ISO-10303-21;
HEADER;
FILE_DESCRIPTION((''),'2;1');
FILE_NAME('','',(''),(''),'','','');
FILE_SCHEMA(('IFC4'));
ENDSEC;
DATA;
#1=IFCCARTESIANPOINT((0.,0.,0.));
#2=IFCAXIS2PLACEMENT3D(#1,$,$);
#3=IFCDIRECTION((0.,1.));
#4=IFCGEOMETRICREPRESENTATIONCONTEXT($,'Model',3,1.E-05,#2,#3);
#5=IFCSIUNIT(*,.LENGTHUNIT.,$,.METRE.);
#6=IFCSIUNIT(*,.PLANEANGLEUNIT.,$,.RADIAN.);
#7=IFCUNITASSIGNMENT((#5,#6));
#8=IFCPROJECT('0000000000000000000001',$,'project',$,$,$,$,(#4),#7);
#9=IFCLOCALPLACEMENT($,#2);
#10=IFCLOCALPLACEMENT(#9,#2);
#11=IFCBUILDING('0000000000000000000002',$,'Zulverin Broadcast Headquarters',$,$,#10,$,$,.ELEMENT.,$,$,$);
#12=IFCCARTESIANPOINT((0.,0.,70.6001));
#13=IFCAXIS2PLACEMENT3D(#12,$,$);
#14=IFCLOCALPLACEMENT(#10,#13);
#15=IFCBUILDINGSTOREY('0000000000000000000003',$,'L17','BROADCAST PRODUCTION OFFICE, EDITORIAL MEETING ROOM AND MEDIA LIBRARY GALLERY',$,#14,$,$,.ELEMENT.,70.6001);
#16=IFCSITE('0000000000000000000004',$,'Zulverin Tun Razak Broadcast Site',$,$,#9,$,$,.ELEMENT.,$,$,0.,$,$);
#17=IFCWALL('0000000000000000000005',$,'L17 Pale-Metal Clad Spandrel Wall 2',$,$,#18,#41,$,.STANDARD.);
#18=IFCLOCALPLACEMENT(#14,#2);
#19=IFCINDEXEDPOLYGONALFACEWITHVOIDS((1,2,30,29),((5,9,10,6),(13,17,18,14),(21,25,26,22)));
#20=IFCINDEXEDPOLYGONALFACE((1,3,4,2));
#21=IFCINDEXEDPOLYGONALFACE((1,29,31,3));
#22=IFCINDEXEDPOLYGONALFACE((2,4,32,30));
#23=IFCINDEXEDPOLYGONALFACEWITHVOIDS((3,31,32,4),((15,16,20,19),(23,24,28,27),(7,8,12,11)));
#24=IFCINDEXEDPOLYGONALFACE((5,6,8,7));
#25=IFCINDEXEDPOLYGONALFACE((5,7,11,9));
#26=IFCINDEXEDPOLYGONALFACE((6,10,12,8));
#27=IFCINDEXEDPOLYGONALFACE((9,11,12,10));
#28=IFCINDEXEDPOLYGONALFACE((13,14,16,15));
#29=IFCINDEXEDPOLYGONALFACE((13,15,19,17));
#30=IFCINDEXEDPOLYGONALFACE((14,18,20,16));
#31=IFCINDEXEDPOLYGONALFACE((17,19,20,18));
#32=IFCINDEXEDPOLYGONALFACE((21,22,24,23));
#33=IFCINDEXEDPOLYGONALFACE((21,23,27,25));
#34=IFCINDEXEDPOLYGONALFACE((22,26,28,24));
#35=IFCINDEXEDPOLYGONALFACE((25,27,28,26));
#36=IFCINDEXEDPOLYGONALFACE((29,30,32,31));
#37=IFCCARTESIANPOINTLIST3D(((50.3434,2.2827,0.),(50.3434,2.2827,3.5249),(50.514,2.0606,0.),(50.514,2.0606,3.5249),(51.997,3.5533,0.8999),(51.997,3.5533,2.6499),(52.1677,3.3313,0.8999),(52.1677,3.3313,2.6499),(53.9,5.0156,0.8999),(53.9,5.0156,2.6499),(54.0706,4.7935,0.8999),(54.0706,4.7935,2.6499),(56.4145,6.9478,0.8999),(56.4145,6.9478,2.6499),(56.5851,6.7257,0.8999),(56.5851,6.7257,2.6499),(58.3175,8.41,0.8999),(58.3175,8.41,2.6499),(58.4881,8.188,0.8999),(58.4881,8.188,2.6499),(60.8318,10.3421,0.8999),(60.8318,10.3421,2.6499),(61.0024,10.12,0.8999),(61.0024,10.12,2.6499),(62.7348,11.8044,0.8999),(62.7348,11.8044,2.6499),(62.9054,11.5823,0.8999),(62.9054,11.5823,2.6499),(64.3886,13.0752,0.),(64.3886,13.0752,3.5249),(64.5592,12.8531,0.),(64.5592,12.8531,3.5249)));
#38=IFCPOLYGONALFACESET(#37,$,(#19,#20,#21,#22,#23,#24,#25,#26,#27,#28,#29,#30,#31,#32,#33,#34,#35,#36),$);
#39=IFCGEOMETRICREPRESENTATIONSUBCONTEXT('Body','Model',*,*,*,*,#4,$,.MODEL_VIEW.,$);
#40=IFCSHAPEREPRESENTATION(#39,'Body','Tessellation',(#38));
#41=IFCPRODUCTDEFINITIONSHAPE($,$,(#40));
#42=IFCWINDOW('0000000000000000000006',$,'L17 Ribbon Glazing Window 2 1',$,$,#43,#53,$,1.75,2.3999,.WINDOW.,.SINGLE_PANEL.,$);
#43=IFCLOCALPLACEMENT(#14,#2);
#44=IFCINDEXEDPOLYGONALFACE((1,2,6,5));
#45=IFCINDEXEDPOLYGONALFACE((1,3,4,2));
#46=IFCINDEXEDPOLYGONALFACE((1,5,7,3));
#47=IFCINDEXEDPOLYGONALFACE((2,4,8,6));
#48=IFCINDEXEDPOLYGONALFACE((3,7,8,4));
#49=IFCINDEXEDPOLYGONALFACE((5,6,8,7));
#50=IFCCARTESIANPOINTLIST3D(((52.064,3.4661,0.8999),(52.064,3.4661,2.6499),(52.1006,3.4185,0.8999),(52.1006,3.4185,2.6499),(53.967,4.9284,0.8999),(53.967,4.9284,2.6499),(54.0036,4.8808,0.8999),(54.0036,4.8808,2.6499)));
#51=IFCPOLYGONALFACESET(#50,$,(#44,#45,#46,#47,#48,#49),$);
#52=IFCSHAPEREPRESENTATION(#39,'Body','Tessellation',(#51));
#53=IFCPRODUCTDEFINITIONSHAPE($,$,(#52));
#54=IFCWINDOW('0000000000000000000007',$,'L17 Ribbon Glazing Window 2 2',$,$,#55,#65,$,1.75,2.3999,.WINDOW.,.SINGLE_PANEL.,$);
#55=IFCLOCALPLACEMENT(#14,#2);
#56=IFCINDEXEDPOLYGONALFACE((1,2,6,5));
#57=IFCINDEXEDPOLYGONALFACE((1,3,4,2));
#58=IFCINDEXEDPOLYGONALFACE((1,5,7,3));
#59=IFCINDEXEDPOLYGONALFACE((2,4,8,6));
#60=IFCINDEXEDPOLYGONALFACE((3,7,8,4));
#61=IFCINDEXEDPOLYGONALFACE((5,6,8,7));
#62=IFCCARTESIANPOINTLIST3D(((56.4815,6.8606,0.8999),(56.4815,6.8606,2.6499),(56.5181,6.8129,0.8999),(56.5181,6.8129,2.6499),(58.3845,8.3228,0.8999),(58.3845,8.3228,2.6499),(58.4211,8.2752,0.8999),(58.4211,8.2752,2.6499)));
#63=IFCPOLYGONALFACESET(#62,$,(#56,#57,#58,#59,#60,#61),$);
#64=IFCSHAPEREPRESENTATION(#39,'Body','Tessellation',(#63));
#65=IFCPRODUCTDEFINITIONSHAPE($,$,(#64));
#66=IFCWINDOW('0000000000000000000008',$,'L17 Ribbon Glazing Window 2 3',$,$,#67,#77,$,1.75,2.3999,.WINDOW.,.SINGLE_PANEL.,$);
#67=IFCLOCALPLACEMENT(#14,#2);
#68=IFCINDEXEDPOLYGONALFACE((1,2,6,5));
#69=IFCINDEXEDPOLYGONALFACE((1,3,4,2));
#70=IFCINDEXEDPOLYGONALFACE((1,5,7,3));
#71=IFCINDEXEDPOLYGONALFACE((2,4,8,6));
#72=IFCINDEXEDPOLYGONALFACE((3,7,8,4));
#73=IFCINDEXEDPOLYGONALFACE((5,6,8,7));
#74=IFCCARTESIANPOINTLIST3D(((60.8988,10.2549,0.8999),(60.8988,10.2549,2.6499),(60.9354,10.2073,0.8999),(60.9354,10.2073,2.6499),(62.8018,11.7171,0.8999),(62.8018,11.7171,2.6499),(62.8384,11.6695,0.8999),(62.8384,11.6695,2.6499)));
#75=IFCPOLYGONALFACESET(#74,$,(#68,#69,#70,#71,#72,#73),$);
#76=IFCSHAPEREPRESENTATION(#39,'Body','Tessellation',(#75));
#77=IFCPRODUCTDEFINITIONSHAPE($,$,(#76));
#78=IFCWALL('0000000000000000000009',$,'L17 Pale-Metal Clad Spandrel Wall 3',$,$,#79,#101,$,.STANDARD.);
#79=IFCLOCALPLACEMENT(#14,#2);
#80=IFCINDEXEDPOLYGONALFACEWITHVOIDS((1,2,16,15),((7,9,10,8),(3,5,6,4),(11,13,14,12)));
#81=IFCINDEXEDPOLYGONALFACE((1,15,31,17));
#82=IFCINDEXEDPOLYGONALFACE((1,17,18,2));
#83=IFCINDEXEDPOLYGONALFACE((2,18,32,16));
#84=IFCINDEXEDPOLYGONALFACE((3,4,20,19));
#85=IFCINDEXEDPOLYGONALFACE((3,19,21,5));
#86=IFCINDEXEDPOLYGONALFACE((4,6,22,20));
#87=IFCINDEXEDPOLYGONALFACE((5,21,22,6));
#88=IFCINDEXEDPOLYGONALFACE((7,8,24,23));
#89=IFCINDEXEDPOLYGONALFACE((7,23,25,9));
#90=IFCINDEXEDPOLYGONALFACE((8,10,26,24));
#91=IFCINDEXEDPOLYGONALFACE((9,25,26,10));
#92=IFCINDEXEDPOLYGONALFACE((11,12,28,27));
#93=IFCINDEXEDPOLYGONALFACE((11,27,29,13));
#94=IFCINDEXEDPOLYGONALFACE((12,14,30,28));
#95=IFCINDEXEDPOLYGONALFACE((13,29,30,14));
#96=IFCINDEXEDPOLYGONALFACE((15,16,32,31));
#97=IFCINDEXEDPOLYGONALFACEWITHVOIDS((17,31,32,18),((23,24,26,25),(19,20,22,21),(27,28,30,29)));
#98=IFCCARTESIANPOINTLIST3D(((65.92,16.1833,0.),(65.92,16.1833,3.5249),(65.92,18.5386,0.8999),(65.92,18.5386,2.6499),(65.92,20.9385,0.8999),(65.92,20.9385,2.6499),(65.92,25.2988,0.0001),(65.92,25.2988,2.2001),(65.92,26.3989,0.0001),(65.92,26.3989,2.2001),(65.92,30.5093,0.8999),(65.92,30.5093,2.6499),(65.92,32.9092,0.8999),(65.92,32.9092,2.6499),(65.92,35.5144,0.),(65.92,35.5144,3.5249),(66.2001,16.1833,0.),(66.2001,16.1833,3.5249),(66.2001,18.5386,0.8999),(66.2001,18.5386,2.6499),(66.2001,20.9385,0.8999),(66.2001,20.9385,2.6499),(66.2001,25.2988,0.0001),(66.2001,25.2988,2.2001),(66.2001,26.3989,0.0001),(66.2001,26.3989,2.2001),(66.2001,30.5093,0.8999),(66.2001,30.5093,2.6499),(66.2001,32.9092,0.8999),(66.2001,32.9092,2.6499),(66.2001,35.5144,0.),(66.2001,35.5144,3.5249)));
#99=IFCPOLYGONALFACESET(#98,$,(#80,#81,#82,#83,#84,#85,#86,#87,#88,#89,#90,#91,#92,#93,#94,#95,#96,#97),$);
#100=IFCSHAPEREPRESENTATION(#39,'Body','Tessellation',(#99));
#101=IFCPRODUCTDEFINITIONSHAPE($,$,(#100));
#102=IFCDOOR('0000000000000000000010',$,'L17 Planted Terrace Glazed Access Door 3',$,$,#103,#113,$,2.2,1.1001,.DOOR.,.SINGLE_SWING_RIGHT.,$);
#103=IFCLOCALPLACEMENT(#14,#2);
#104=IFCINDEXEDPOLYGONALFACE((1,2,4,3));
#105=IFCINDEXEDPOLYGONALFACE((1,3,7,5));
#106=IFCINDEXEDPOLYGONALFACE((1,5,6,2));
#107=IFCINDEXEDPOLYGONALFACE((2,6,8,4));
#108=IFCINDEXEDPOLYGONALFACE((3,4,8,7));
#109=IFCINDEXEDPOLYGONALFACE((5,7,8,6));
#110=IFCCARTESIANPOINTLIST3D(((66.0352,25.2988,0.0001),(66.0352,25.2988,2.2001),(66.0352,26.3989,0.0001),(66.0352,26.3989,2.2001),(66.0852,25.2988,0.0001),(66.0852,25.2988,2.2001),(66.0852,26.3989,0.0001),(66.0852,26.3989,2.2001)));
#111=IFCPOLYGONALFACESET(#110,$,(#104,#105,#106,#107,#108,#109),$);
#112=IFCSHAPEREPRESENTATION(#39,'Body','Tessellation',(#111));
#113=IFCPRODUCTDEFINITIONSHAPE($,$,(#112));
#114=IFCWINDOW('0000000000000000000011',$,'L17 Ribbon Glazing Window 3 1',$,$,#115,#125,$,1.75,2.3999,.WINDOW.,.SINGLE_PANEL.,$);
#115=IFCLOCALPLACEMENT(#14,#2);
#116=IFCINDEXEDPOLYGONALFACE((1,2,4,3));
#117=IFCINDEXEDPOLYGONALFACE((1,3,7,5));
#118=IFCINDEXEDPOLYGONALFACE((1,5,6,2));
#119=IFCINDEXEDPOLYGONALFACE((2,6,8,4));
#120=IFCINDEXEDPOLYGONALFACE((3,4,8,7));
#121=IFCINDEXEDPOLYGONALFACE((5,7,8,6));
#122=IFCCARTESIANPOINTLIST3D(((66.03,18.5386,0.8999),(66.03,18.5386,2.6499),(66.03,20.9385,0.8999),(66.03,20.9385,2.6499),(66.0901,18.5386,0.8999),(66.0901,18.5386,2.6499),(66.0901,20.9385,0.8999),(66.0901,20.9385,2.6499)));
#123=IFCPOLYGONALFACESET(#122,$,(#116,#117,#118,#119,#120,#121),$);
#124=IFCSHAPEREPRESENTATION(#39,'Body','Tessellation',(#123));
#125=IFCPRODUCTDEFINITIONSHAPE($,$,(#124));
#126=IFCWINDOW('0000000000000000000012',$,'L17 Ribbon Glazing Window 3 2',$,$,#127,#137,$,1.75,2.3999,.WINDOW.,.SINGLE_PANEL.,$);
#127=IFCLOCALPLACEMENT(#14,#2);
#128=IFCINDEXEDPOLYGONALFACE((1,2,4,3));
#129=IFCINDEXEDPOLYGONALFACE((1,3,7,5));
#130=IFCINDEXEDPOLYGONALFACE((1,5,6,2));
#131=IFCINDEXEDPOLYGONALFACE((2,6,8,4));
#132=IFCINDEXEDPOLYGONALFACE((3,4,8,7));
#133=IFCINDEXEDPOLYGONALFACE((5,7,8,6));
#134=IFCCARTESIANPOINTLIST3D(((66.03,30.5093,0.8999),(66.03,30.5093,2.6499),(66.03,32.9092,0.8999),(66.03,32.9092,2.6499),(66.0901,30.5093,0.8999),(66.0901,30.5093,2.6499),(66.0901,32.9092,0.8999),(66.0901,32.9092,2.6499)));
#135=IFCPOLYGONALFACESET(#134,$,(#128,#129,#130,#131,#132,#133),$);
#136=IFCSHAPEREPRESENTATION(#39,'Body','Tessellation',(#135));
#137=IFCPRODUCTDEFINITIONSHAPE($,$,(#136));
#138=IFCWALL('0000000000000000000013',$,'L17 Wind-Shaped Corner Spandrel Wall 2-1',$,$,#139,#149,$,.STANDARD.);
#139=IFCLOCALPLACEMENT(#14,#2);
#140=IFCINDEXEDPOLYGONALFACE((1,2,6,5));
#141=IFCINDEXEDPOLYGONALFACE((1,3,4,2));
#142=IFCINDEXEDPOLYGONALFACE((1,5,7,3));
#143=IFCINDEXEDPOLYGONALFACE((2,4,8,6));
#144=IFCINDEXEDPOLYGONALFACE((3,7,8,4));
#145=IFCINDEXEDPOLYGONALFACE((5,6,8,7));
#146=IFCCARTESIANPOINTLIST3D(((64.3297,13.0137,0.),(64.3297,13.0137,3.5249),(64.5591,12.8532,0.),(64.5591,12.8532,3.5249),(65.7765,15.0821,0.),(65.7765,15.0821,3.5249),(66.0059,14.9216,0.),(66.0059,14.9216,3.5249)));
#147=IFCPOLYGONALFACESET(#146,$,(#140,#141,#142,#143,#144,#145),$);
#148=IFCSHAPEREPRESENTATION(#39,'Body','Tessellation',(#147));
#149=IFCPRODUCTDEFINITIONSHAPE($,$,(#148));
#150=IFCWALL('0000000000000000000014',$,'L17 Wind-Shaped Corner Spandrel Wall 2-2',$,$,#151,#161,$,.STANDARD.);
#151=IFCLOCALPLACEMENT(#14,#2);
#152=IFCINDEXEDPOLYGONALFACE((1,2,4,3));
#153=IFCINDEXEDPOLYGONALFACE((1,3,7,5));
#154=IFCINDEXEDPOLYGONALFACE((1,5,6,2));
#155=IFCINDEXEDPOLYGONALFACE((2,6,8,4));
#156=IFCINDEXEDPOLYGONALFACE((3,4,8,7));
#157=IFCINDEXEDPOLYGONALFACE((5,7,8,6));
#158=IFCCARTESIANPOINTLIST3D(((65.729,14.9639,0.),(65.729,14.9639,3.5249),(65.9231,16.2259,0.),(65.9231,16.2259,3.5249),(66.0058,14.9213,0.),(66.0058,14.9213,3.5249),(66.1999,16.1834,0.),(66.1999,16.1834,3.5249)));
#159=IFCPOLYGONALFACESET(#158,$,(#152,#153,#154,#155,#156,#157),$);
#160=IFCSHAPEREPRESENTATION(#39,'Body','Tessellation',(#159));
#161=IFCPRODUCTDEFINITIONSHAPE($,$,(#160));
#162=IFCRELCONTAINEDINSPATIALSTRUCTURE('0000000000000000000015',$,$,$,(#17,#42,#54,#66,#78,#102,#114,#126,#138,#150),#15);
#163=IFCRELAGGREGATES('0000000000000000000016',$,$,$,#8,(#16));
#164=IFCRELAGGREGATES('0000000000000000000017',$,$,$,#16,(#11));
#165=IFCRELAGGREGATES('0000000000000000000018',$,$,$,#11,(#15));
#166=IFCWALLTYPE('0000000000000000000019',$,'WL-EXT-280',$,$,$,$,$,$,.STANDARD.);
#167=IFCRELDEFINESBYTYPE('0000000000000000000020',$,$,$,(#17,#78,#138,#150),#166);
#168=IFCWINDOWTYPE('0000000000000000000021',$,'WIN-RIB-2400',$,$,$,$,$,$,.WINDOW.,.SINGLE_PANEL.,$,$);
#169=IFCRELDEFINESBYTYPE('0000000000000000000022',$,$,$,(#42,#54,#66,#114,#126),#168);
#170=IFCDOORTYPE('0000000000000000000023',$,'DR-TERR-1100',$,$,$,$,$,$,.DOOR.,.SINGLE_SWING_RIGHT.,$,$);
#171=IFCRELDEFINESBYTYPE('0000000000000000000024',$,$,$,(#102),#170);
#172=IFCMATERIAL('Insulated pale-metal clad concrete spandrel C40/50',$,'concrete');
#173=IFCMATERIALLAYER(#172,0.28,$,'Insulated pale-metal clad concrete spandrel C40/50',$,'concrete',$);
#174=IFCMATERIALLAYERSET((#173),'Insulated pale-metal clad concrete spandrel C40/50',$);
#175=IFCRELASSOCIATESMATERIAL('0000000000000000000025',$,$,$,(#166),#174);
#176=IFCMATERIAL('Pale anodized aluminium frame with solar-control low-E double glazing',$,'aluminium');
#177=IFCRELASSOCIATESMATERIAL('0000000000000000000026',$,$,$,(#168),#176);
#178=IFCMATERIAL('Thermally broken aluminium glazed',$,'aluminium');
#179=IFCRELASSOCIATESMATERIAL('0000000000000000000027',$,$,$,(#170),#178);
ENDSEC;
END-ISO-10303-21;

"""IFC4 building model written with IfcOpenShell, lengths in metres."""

from ifc_helpers import new_model, si_unit, direction, frame, frame_2d, origin, place, context, subcontext, project, spatial, rectangle, extrude, material, layer, layer_set, type_object, element, fill, save


model = new_model("IFC4")

# Units and contexts
model_context = context("Model", 3, precision=1e-05, world=origin(), true_north=direction((0.0, 1.0)))
body_context = subcontext(model_context, "Body", "Model", "MODEL_VIEW")
ifc_project = project(units=[si_unit("LENGTHUNIT", "METRE"), si_unit("PLANEANGLEUNIT", "RADIAN")], contexts=[model_context])

# Site, building, storey
site_placement = place(None, origin())
site = spatial("IfcSite", under=ifc_project, at=site_placement, Name="Zulverin Tun Razak Broadcast Site", CompositionType="ELEMENT", RefElevation=0.0)
building_placement = place(site_placement, origin())
building = spatial("IfcBuilding", under=site, at=building_placement, Name="Zulverin Broadcast Headquarters", CompositionType="ELEMENT")
storey_placement = place(building_placement, frame((0.0, 0.0, 70.6001)))
storey = spatial("IfcBuildingStorey", under=building, at=storey_placement, Name="L17", Description="BROADCAST PRODUCTION OFFICE, EDITORIAL MEETING ROOM AND MEDIA LIBRARY GALLERY", CompositionType="ELEMENT", Elevation=70.6001)

# Wall, openings, windows
ifc_material_1 = material(Name="Insulated pale-metal clad concrete spandrel C40/50", Category="concrete")
ifc_layer_1 = layer(ifc_material_1, 0.28, Name="Insulated pale-metal clad concrete spandrel C40/50", Category="concrete")
ifc_layer_set_1 = layer_set([ifc_layer_1], Name="Insulated pale-metal clad concrete spandrel C40/50")
wall_type_1 = type_object("IfcWallType", Name="WL-EXT-280", PredefinedType="STANDARD", material=ifc_layer_set_1)
wall_1_placement = place(storey_placement, frame((50.4287, 2.1716, 0.0), z_axis=(0.0, 0.0, 1.0), x_axis=(0.792937, 0.609303, 0.0)))
wall_1 = element("IfcWall", 1, at=wall_1_placement, inside=storey, type_object=wall_type_1, Name="L17 Pale-Metal Clad Spandrel Wall 2", PredefinedType="STANDARD", context=body_context, shape_type="SweptSolid", body=[
    extrude(rectangle(XDim=17.7129, YDim=0.28, at=frame_2d((8.8564, 0.0))), origin(), (0.0, 0.0, 1.0), 3.5249),
])
opening_1_placement = place(wall_1_placement, frame((2.0854, 0.0, 0.8999)))
opening_1 = element("IfcOpeningElement", 2, at=opening_1_placement, cuts=wall_1, PredefinedType="OPENING", context=body_context, shape_type="SweptSolid", body=[
    extrude(rectangle(XDim=2.3999, YDim=1.75, at=frame_2d((1.2, 0.875))), frame((0.0, 0.1499, 0.0), z_axis=(0.0, -1.0, 0.0), x_axis=(1.0, 0.0, 0.0)), (0.0, 0.0, 1.0), 0.3),
])
opening_2_placement = place(wall_1_placement, frame((7.6565, 0.0, 0.8999)))
opening_2 = element("IfcOpeningElement", 3, at=opening_2_placement, cuts=wall_1, PredefinedType="OPENING", context=body_context, shape_type="SweptSolid", body=[
    extrude(rectangle(XDim=2.3999, YDim=1.75, at=frame_2d((1.2, 0.875))), frame((0.0, 0.1499, 0.0), z_axis=(0.0, -1.0, 0.0), x_axis=(1.0, 0.0, 0.0)), (0.0, 0.0, 1.0), 0.3),
])
opening_3_placement = place(wall_1_placement, frame((13.2273, 0.0, 0.8999)))
opening_3 = element("IfcOpeningElement", 4, at=opening_3_placement, cuts=wall_1, PredefinedType="OPENING", context=body_context, shape_type="SweptSolid", body=[
    extrude(rectangle(XDim=2.3999, YDim=1.75, at=frame_2d((1.2, 0.875))), frame((0.0, 0.1499, 0.0), z_axis=(0.0, -1.0, 0.0), x_axis=(1.0, 0.0, 0.0)), (0.0, 0.0, 1.0), 0.3),
])
ifc_material_2 = material(Name="Pale anodized aluminium frame with solar-control low-E double glazing", Category="aluminium")
window_type = type_object("IfcWindowType", Name="WIN-RIB-2400", PartitioningType="SINGLE_PANEL", PredefinedType="WINDOW", material=ifc_material_2)
window_1_placement = place(opening_1_placement, origin())
window_1 = element("IfcWindow", 5, at=window_1_placement, inside=storey, type_object=window_type, Name="L17 Ribbon Glazing Window 2 1", OverallHeight=1.75, OverallWidth=2.3999, PartitioningType="SINGLE_PANEL", PredefinedType="WINDOW", context=body_context, shape_type="SweptSolid", body=[
    extrude(rectangle(XDim=2.3999, YDim=1.75, at=frame_2d((1.2, 0.875))), frame((0.0, 0.03, 0.0), z_axis=(0.0, -1.0, 0.0), x_axis=(1.0, 0.0, 0.0)), (0.0, 0.0, 1.0), 0.0601),
])
fill(opening_1, window_1)
window_2_placement = place(opening_2_placement, origin())
window_2 = element("IfcWindow", 6, at=window_2_placement, inside=storey, type_object=window_type, Name="L17 Ribbon Glazing Window 2 2", OverallHeight=1.75, OverallWidth=2.3999, PartitioningType="SINGLE_PANEL", PredefinedType="WINDOW", context=body_context, shape_type="SweptSolid", body=[
    extrude(rectangle(XDim=2.3999, YDim=1.75, at=frame_2d((1.2, 0.875))), frame((0.0, 0.03, 0.0), z_axis=(0.0, -1.0, 0.0), x_axis=(1.0, 0.0, 0.0)), (0.0, 0.0, 1.0), 0.0601),
])
fill(opening_2, window_2)
window_3_placement = place(opening_3_placement, origin())
window_3 = element("IfcWindow", 7, at=window_3_placement, inside=storey, type_object=window_type, Name="L17 Ribbon Glazing Window 2 3", OverallHeight=1.75, OverallWidth=2.3999, PartitioningType="SINGLE_PANEL", PredefinedType="WINDOW", context=body_context, shape_type="SweptSolid", body=[
    extrude(rectangle(XDim=2.3999, YDim=1.75, at=frame_2d((1.2, 0.875))), frame((0.0, 0.03, 0.0), z_axis=(0.0, -1.0, 0.0), x_axis=(1.0, 0.0, 0.0)), (0.0, 0.0, 1.0), 0.0601),
])
fill(opening_3, window_3)

# Wall, openings, door, windows
wall_2_placement = place(storey_placement, frame((66.0601, 16.1833, 0.0), z_axis=(0.0, 0.0, 1.0), x_axis=(0.0, 1.0, 0.0)))
wall_2 = element("IfcWall", 8, at=wall_2_placement, inside=storey, type_object=wall_type_1, Name="L17 Pale-Metal Clad Spandrel Wall 3", PredefinedType="STANDARD", context=body_context, shape_type="SweptSolid", body=[
    extrude(rectangle(XDim=19.3311, YDim=0.28, at=frame_2d((9.6655, 0.0))), origin(), (0.0, 0.0, 1.0), 3.5249),
])
opening_4_placement = place(wall_2_placement, frame((9.1155, 0.0, 0.0)))
opening_4 = element("IfcOpeningElement", 9, at=opening_4_placement, cuts=wall_2, PredefinedType="OPENING", context=body_context, shape_type="SweptSolid", body=[
    extrude(rectangle(XDim=1.1001, YDim=2.2, at=frame_2d((0.55, 1.1001))), frame((0.0, 0.1499, 0.0), z_axis=(0.0, -1.0, 0.0), x_axis=(1.0, 0.0, 0.0)), (0.0, 0.0, 1.0), 0.3),
])
opening_5_placement = place(wall_2_placement, frame((2.3552, 0.0, 0.8999)))
opening_5 = element("IfcOpeningElement", 10, at=opening_5_placement, cuts=wall_2, PredefinedType="OPENING", context=body_context, shape_type="SweptSolid", body=[
    extrude(rectangle(XDim=2.3999, YDim=1.75, at=frame_2d((1.2, 0.875))), frame((0.0, 0.1499, 0.0), z_axis=(0.0, -1.0, 0.0), x_axis=(1.0, 0.0, 0.0)), (0.0, 0.0, 1.0), 0.3),
])
opening_6_placement = place(wall_2_placement, frame((14.3259, 0.0, 0.8999)))
opening_6 = element("IfcOpeningElement", 11, at=opening_6_placement, cuts=wall_2, PredefinedType="OPENING", context=body_context, shape_type="SweptSolid", body=[
    extrude(rectangle(XDim=2.3999, YDim=1.75, at=frame_2d((1.2, 0.875))), frame((0.0, 0.1499, 0.0), z_axis=(0.0, -1.0, 0.0), x_axis=(1.0, 0.0, 0.0)), (0.0, 0.0, 1.0), 0.3),
])
ifc_material_3 = material(Name="Thermally broken aluminium glazed", Category="aluminium")
door_type_1 = type_object("IfcDoorType", Name="DR-TERR-1100", OperationType="SINGLE_SWING_RIGHT", PredefinedType="DOOR", material=ifc_material_3)
door_1_placement = place(opening_4_placement, origin())
door_1 = element("IfcDoor", 12, at=door_1_placement, inside=storey, type_object=door_type_1, Name="L17 Planted Terrace Glazed Access Door 3", OperationType="SINGLE_SWING_RIGHT", OverallHeight=2.2, OverallWidth=1.1001, PredefinedType="DOOR", context=body_context, shape_type="SweptSolid", body=[
    extrude(rectangle(XDim=1.1001, YDim=2.2, at=frame_2d((0.55, 1.1001))), frame((0.0, 0.0249, 0.0), z_axis=(0.0, -1.0, 0.0), x_axis=(1.0, 0.0, 0.0)), (0.0, 0.0, 1.0), 0.05),
])
fill(opening_4, door_1)
window_4_placement = place(opening_5_placement, origin())
window_4 = element("IfcWindow", 13, at=window_4_placement, inside=storey, type_object=window_type, Name="L17 Ribbon Glazing Window 3 1", OverallHeight=1.75, OverallWidth=2.3999, PartitioningType="SINGLE_PANEL", PredefinedType="WINDOW", context=body_context, shape_type="SweptSolid", body=[
    extrude(rectangle(XDim=2.3999, YDim=1.75, at=frame_2d((1.2, 0.875))), frame((0.0, 0.03, 0.0), z_axis=(0.0, -1.0, 0.0), x_axis=(1.0, 0.0, 0.0)), (0.0, 0.0, 1.0), 0.0601),
])
fill(opening_5, window_4)
window_5_placement = place(opening_6_placement, origin())
window_5 = element("IfcWindow", 14, at=window_5_placement, inside=storey, type_object=window_type, Name="L17 Ribbon Glazing Window 3 2", OverallHeight=1.75, OverallWidth=2.3999, PartitioningType="SINGLE_PANEL", PredefinedType="WINDOW", context=body_context, shape_type="SweptSolid", body=[
    extrude(rectangle(XDim=2.3999, YDim=1.75, at=frame_2d((1.2, 0.875))), frame((0.0, 0.03, 0.0), z_axis=(0.0, -1.0, 0.0), x_axis=(1.0, 0.0, 0.0)), (0.0, 0.0, 1.0), 0.0601),
])
fill(opening_6, window_5)

# Walls
wall_3_placement = place(storey_placement, frame((64.4443, 12.9333, 0.0), z_axis=(0.0, 0.0, 1.0), x_axis=(0.573177, 0.819432, 0.0)))
element("IfcWall", 15, at=wall_3_placement, inside=storey, type_object=wall_type_1, Name="L17 Wind-Shaped Corner Spandrel Wall 2-1", PredefinedType="STANDARD", context=body_context, shape_type="SweptSolid", body=[
    extrude(rectangle(XDim=2.5242, YDim=0.28, at=frame_2d((1.2622, 0.0))), origin(), (0.0, 0.0, 1.0), 3.5249),
])
wall_4_placement = place(storey_placement, frame((65.8674, 14.9426, 0.0), z_axis=(0.0, 0.0, 1.0), x_axis=(0.152014, 0.988378, 0.0)))
element("IfcWall", 16, at=wall_4_placement, inside=storey, type_object=wall_type_1, Name="L17 Wind-Shaped Corner Spandrel Wall 2-2", PredefinedType="STANDARD", context=body_context, shape_type="SweptSolid", body=[
    extrude(rectangle(XDim=1.2769, YDim=0.28, at=frame_2d((0.6384, 0.0))), origin(), (0.0, 0.0, 1.0), 3.5249),
])

save(model, "model.ifc")
